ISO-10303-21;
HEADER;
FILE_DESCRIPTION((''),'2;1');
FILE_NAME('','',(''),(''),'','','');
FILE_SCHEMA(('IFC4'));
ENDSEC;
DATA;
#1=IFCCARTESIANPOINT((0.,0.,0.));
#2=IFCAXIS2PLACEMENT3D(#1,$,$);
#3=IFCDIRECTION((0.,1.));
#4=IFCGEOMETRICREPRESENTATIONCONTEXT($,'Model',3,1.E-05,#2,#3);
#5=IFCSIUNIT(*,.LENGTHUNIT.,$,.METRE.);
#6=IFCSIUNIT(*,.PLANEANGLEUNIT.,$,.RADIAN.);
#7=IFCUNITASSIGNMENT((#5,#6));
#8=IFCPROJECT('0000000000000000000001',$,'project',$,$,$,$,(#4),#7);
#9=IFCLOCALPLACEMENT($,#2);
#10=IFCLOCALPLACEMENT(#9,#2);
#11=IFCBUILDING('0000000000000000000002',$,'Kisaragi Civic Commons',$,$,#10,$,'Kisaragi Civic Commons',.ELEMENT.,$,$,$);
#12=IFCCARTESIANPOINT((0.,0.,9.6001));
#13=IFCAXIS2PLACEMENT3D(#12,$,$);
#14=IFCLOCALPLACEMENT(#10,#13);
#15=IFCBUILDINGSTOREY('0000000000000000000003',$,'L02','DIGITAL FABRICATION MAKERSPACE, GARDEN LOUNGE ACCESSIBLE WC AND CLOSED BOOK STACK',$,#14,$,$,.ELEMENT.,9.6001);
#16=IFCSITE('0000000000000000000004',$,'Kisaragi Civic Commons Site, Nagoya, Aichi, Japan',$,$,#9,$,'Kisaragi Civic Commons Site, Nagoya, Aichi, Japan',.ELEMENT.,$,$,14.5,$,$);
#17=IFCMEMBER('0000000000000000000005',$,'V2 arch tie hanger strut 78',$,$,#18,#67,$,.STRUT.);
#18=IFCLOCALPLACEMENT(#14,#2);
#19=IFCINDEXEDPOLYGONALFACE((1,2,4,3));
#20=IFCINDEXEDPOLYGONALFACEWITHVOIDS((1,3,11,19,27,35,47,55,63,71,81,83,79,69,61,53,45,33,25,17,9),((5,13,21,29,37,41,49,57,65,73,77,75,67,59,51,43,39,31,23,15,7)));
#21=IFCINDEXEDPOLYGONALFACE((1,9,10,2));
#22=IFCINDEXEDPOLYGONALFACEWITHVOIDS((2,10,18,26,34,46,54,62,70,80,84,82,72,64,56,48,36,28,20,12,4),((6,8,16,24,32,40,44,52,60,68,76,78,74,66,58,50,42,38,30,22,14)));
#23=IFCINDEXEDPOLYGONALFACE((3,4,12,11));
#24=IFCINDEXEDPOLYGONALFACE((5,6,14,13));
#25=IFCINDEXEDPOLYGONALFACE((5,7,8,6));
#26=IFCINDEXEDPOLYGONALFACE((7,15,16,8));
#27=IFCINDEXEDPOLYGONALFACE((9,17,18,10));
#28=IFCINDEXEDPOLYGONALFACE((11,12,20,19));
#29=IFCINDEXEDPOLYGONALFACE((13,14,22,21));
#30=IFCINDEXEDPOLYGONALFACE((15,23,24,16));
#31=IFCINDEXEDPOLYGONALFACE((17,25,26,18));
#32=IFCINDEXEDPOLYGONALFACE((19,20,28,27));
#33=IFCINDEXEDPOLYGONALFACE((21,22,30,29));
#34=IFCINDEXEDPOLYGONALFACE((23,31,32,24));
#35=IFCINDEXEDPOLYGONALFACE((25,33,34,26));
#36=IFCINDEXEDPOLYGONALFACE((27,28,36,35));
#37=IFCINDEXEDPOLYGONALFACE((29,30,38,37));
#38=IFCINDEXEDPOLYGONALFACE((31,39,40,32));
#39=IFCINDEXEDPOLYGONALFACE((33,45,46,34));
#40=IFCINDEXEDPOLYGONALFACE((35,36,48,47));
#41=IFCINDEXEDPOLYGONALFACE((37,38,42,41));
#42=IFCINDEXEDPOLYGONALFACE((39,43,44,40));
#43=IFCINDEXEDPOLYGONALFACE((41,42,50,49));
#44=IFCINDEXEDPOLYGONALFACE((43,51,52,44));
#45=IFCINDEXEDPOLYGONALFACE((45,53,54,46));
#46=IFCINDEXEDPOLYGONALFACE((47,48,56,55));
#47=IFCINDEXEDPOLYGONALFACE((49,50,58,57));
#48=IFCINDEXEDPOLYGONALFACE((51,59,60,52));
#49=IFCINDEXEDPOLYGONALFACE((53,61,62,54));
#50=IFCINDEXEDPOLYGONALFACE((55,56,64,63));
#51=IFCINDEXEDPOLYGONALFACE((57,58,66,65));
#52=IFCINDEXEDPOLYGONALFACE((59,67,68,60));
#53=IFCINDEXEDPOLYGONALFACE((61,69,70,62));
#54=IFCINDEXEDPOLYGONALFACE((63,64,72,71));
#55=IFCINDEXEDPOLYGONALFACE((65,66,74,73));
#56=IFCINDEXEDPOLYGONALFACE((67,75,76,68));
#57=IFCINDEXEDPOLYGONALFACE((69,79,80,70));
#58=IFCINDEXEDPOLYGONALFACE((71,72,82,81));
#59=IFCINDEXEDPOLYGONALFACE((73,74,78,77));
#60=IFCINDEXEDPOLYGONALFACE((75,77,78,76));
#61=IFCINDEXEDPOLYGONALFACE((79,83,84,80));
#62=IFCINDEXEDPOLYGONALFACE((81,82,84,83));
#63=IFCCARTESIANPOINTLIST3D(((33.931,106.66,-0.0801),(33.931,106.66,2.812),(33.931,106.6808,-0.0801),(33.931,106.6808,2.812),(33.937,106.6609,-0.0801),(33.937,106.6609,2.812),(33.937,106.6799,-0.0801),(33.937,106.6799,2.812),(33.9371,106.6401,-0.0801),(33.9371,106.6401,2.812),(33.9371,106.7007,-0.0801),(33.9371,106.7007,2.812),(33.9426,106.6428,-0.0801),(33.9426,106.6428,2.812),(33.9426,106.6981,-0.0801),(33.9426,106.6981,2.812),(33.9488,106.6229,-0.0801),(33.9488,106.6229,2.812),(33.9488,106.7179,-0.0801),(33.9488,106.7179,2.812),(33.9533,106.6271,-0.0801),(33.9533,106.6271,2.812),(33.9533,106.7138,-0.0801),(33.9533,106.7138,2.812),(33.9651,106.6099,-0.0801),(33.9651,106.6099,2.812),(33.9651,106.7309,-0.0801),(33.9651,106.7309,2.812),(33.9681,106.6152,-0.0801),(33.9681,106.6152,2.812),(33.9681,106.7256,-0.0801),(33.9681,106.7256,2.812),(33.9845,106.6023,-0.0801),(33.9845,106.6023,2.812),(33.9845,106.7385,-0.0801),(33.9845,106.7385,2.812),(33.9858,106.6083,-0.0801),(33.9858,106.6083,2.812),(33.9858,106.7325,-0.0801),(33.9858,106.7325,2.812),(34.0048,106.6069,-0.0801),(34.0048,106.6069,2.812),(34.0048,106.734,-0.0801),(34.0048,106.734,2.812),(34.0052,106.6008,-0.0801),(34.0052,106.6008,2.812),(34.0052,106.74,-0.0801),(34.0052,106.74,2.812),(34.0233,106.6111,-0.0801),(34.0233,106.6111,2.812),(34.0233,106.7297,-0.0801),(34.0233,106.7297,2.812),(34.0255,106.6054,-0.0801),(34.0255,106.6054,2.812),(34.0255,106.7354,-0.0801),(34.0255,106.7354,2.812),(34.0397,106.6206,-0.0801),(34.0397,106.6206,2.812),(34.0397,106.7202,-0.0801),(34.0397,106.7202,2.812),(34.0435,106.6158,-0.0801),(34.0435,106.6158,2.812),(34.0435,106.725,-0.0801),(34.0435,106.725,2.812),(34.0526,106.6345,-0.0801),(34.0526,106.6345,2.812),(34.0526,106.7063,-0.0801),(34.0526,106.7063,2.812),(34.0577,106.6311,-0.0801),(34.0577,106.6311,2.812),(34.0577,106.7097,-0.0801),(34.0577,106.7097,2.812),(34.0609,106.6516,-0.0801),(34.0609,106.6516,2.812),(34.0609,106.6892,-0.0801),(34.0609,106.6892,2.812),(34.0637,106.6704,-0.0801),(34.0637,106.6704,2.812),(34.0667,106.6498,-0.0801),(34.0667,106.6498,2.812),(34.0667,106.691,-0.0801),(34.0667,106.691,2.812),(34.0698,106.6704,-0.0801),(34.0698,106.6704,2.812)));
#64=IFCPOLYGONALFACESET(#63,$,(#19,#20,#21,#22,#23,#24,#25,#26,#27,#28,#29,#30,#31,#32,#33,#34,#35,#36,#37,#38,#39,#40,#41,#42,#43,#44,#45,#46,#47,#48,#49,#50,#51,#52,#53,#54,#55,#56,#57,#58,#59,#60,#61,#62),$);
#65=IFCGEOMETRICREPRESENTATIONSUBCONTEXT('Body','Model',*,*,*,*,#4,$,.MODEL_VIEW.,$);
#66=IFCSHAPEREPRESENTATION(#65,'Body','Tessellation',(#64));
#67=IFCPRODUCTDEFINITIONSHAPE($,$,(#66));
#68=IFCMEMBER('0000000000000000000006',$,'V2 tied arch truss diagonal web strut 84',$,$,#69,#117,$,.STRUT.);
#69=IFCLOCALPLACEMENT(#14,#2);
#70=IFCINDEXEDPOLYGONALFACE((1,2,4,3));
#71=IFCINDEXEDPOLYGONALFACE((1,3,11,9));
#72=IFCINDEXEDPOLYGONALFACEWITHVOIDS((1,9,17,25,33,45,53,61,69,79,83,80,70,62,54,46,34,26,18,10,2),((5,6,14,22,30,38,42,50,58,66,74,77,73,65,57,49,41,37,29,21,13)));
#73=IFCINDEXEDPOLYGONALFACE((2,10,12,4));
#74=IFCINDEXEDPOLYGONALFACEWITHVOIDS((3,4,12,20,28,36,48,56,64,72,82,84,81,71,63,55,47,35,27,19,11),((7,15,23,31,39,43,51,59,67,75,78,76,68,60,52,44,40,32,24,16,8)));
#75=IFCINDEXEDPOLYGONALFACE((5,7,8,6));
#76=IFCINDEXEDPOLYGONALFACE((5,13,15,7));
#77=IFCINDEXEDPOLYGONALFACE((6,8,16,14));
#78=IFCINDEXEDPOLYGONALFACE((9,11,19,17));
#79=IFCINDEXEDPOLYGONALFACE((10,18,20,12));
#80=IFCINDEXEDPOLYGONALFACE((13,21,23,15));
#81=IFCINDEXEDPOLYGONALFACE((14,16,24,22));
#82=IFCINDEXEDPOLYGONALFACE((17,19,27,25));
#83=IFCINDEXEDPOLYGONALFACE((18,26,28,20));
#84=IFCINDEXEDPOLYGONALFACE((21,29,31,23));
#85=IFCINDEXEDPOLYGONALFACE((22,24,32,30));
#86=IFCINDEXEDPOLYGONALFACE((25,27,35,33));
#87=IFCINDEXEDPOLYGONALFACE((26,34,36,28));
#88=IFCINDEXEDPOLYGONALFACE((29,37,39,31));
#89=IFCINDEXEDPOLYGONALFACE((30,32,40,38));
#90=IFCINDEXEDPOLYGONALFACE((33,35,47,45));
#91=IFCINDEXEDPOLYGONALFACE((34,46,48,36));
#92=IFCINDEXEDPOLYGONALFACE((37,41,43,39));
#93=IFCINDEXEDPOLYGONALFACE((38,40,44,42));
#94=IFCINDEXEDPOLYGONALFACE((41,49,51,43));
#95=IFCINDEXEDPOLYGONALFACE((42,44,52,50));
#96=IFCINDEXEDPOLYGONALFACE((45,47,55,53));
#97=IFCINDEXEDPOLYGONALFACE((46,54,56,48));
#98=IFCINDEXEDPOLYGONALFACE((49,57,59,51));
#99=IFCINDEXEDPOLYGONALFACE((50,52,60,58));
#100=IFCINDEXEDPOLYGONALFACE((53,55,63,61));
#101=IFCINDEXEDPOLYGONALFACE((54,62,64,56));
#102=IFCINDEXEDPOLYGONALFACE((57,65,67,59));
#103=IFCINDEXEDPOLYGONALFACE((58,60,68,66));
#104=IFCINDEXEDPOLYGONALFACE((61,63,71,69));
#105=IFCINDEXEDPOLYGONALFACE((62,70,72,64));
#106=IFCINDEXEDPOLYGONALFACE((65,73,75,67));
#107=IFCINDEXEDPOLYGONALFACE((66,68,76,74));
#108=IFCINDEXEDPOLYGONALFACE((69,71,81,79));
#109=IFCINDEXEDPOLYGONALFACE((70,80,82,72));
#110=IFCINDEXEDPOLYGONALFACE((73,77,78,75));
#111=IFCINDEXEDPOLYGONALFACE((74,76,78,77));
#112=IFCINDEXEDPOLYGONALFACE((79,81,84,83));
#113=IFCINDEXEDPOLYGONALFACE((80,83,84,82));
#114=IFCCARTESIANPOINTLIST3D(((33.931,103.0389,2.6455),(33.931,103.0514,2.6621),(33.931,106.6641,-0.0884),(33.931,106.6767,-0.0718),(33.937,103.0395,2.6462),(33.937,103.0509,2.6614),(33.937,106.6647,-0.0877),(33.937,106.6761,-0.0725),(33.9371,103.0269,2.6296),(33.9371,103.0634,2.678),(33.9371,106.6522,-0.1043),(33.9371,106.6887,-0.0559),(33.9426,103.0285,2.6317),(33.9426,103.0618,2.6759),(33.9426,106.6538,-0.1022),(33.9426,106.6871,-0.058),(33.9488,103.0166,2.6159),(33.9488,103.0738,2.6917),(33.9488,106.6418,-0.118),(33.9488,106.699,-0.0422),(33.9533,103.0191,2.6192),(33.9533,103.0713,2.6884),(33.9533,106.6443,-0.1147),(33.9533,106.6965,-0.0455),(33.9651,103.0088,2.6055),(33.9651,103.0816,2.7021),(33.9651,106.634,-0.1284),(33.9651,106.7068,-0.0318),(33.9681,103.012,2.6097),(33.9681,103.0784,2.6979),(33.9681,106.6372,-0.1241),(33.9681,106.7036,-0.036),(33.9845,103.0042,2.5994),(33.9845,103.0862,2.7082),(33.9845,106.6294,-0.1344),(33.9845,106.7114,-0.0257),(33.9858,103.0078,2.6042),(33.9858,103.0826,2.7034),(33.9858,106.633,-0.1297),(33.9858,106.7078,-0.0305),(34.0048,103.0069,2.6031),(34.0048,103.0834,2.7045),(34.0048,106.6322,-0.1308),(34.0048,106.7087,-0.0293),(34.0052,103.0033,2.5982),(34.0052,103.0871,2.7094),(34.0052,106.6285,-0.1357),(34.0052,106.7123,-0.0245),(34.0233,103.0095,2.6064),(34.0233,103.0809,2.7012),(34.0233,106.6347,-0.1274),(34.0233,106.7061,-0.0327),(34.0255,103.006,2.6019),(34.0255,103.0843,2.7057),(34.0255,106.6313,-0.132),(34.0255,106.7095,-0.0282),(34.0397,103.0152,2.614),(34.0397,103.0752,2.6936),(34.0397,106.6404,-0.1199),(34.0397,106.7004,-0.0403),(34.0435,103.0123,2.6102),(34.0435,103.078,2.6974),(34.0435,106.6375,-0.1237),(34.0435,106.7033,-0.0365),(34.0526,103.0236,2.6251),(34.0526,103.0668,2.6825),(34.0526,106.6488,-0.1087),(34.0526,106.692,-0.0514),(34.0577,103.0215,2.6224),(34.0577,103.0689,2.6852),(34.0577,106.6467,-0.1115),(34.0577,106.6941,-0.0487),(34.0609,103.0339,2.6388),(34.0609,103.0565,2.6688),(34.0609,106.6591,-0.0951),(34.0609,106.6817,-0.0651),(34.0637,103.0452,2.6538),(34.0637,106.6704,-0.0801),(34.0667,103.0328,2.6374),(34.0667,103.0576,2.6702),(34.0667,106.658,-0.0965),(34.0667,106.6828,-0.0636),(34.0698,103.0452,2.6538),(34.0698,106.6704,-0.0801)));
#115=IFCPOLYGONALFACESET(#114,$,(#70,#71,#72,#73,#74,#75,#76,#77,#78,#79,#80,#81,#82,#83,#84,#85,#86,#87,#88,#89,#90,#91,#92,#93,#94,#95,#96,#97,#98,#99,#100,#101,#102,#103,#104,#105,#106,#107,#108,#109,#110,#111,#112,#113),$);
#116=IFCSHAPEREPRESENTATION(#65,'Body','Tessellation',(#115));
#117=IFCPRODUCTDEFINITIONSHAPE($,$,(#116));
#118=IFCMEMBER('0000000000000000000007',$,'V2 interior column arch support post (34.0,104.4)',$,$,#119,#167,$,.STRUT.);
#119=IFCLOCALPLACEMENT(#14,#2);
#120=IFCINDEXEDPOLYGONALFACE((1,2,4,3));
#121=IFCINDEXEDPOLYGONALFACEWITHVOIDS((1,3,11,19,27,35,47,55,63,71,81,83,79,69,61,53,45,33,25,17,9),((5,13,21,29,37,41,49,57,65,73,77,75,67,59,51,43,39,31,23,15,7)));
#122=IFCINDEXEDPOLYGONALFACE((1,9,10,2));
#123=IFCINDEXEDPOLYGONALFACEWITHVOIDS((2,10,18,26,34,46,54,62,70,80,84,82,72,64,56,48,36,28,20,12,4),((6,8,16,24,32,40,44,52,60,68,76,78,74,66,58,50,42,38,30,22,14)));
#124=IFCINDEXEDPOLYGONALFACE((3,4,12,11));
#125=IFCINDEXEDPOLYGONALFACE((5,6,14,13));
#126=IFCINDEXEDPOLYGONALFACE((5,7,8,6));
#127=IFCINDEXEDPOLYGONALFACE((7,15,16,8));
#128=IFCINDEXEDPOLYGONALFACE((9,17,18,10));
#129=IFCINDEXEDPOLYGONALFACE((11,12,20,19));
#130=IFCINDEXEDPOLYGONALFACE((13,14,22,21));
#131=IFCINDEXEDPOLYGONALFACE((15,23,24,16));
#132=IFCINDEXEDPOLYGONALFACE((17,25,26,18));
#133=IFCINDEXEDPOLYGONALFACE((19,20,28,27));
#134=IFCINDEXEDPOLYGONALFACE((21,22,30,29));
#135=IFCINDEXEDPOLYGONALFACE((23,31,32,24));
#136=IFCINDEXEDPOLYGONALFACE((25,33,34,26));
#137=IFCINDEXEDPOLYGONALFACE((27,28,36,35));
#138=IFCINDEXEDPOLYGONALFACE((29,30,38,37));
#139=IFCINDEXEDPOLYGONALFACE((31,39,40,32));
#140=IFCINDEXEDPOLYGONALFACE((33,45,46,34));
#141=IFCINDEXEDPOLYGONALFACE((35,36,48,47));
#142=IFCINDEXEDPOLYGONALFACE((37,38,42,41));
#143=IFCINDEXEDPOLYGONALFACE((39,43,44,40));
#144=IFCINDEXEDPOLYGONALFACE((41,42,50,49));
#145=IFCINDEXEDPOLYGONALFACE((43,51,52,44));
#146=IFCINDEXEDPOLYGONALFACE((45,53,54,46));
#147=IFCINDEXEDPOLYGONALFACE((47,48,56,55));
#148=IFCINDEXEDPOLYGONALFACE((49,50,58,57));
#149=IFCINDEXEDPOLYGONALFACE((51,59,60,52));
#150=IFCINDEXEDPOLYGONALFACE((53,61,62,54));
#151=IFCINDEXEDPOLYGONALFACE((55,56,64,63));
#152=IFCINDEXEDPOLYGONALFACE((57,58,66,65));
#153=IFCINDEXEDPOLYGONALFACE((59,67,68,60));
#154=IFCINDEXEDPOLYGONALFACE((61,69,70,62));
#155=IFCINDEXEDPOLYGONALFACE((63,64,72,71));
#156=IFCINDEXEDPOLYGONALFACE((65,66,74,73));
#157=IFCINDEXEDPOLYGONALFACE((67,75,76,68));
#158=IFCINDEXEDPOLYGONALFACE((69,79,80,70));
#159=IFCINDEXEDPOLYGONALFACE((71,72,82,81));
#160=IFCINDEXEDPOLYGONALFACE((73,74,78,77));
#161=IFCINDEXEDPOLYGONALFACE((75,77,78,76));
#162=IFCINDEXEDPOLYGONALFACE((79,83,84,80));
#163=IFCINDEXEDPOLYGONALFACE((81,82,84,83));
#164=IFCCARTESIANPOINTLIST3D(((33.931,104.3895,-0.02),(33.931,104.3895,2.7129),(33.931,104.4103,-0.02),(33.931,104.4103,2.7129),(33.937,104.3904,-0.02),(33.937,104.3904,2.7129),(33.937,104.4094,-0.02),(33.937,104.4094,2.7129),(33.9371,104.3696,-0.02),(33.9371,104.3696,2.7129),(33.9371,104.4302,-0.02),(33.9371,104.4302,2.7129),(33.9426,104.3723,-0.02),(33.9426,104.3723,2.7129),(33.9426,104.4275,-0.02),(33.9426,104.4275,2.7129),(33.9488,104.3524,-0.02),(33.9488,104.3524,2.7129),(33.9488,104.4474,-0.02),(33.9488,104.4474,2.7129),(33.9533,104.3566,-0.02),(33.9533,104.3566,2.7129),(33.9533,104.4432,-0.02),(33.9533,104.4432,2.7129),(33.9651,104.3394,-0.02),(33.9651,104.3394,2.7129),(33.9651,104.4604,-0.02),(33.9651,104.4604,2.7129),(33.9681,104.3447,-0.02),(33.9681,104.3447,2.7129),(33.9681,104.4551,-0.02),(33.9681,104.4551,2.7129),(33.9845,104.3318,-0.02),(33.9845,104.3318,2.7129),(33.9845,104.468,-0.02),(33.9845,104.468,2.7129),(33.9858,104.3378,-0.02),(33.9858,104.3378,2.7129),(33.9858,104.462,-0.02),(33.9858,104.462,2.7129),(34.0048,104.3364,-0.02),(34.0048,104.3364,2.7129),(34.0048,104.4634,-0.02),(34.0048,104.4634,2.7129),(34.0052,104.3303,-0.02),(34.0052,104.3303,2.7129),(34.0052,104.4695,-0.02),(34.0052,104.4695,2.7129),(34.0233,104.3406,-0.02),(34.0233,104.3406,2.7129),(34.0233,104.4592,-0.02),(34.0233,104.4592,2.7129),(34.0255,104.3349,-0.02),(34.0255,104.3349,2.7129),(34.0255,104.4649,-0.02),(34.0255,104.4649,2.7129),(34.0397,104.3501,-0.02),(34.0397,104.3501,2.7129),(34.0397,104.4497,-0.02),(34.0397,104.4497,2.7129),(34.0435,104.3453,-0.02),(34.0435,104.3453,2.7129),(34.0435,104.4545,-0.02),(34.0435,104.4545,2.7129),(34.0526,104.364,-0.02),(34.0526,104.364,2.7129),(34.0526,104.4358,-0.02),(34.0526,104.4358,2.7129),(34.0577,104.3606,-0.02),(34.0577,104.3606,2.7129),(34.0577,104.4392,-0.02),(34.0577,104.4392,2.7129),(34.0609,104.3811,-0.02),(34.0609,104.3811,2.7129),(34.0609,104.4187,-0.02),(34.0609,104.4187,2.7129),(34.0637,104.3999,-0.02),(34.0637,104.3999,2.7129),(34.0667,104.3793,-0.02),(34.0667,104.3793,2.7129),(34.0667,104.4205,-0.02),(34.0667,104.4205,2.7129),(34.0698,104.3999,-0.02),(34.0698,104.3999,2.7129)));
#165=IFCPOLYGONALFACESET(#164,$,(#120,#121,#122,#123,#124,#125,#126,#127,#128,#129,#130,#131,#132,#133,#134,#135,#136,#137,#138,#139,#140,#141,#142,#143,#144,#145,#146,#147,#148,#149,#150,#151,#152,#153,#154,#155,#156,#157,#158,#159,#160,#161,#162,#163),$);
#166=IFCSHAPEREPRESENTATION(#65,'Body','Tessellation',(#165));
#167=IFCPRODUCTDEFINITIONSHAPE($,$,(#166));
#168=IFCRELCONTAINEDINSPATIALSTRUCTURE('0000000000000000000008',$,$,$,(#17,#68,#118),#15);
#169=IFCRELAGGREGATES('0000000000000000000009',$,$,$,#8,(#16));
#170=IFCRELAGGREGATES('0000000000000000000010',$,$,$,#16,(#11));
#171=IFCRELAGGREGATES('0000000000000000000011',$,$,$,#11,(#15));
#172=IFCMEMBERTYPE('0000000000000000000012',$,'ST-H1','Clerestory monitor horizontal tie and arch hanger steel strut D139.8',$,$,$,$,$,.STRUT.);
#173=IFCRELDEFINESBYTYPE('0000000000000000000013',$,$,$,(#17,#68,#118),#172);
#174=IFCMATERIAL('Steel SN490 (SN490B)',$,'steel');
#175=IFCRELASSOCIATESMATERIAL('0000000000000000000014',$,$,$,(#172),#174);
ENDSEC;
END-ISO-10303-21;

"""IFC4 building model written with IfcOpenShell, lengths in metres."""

from ifc_helpers import new_model, si_unit, direction, frame, origin, origin_2d, place, context, subcontext, project, spatial, hollow_circle, extrude, material, material_profile, profile_set, type_object, element, save


model = new_model("IFC4")

# Units and contexts
model_context = context("Model", 3, precision=1e-05, world=origin(), true_north=direction((0.0, 1.0)))
body_context = subcontext(model_context, "Body", "Model", "MODEL_VIEW")
ifc_project = project(units=[si_unit("LENGTHUNIT", "METRE"), si_unit("PLANEANGLEUNIT", "RADIAN")], contexts=[model_context])

# Site, building, storey
site_placement = place(None, origin())
site = spatial("IfcSite", under=ifc_project, at=site_placement, Name="Kisaragi Civic Commons Site, Nagoya, Aichi, Japan", LongName="Kisaragi Civic Commons Site, Nagoya, Aichi, Japan", CompositionType="ELEMENT", RefElevation=14.5)
building_placement = place(site_placement, origin())
building = spatial("IfcBuilding", under=site, at=building_placement, Name="Kisaragi Civic Commons", LongName="Kisaragi Civic Commons", CompositionType="ELEMENT")
storey_placement = place(building_placement, frame((0.0, 0.0, 9.6001)))
storey = spatial("IfcBuildingStorey", under=building, at=storey_placement, Name="L02", Description="DIGITAL FABRICATION MAKERSPACE, GARDEN LOUNGE ACCESSIBLE WC AND CLOSED BOOK STACK", CompositionType="ELEMENT", Elevation=9.6001)

# Members
ifc_material_1 = material(Name="Steel SN490 (SN490B)", Category="steel")
ifc_material_profile_1 = material_profile(ifc_material_1, hollow_circle(Radius=0.0698, WallThickness=0.0061, at=origin_2d()), Name="CHS-139.8x6.0", Category="steel")
ifc_profile_set_1 = profile_set([ifc_material_profile_1], Name="Steel SN490 (SN490B)")
member_type_1 = type_object("IfcMemberType", Name="ST-H1", Description="Clerestory monitor horizontal tie and arch hanger steel strut D139.8", PredefinedType="STRUT", material=ifc_profile_set_1)
member_1_placement = place(storey_placement, frame((34.0, 106.6704, -0.0801), z_axis=(0.0, 0.0, 1.0), x_axis=(1.0, 0.0, 0.0)))
element("IfcMember", 1, at=member_1_placement, inside=storey, type_object=member_type_1, Name="V2 arch tie hanger strut 78", PredefinedType="STRUT", context=body_context, shape_type="SweptSolid", body=[
    extrude(hollow_circle(Radius=0.0698, WallThickness=0.0061, at=origin_2d()), origin(), (0.0, 0.0, 1.0), 2.8921),
])
member_2_placement = place(storey_placement, frame((34.0, 106.6704, -0.0801), z_axis=(0.0, -0.798416, 0.602106), x_axis=(1.0, 0.0, 0.0)))
element("IfcMember", 2, at=member_2_placement, inside=storey, type_object=member_type_1, Name="V2 tied arch truss diagonal web strut 84", PredefinedType="STRUT", context=body_context, shape_type="SweptSolid", body=[
    extrude(hollow_circle(Radius=0.0698, WallThickness=0.0061, at=origin_2d()), origin(), (0.0, 0.0, 1.0), 4.5405),
])
member_3_placement = place(storey_placement, frame((34.0, 104.3999, -0.02), z_axis=(0.0, 0.0, 1.0), x_axis=(1.0, 0.0, 0.0)))
element("IfcMember", 3, at=member_3_placement, inside=storey, type_object=member_type_1, Name="V2 interior column arch support post (34.0,104.4)", PredefinedType="STRUT", context=body_context, shape_type="SweptSolid", body=[
    extrude(hollow_circle(Radius=0.0698, WallThickness=0.0061, at=origin_2d()), origin(), (0.0, 0.0, 1.0), 2.7329),
])

save(model, "model.ifc")
